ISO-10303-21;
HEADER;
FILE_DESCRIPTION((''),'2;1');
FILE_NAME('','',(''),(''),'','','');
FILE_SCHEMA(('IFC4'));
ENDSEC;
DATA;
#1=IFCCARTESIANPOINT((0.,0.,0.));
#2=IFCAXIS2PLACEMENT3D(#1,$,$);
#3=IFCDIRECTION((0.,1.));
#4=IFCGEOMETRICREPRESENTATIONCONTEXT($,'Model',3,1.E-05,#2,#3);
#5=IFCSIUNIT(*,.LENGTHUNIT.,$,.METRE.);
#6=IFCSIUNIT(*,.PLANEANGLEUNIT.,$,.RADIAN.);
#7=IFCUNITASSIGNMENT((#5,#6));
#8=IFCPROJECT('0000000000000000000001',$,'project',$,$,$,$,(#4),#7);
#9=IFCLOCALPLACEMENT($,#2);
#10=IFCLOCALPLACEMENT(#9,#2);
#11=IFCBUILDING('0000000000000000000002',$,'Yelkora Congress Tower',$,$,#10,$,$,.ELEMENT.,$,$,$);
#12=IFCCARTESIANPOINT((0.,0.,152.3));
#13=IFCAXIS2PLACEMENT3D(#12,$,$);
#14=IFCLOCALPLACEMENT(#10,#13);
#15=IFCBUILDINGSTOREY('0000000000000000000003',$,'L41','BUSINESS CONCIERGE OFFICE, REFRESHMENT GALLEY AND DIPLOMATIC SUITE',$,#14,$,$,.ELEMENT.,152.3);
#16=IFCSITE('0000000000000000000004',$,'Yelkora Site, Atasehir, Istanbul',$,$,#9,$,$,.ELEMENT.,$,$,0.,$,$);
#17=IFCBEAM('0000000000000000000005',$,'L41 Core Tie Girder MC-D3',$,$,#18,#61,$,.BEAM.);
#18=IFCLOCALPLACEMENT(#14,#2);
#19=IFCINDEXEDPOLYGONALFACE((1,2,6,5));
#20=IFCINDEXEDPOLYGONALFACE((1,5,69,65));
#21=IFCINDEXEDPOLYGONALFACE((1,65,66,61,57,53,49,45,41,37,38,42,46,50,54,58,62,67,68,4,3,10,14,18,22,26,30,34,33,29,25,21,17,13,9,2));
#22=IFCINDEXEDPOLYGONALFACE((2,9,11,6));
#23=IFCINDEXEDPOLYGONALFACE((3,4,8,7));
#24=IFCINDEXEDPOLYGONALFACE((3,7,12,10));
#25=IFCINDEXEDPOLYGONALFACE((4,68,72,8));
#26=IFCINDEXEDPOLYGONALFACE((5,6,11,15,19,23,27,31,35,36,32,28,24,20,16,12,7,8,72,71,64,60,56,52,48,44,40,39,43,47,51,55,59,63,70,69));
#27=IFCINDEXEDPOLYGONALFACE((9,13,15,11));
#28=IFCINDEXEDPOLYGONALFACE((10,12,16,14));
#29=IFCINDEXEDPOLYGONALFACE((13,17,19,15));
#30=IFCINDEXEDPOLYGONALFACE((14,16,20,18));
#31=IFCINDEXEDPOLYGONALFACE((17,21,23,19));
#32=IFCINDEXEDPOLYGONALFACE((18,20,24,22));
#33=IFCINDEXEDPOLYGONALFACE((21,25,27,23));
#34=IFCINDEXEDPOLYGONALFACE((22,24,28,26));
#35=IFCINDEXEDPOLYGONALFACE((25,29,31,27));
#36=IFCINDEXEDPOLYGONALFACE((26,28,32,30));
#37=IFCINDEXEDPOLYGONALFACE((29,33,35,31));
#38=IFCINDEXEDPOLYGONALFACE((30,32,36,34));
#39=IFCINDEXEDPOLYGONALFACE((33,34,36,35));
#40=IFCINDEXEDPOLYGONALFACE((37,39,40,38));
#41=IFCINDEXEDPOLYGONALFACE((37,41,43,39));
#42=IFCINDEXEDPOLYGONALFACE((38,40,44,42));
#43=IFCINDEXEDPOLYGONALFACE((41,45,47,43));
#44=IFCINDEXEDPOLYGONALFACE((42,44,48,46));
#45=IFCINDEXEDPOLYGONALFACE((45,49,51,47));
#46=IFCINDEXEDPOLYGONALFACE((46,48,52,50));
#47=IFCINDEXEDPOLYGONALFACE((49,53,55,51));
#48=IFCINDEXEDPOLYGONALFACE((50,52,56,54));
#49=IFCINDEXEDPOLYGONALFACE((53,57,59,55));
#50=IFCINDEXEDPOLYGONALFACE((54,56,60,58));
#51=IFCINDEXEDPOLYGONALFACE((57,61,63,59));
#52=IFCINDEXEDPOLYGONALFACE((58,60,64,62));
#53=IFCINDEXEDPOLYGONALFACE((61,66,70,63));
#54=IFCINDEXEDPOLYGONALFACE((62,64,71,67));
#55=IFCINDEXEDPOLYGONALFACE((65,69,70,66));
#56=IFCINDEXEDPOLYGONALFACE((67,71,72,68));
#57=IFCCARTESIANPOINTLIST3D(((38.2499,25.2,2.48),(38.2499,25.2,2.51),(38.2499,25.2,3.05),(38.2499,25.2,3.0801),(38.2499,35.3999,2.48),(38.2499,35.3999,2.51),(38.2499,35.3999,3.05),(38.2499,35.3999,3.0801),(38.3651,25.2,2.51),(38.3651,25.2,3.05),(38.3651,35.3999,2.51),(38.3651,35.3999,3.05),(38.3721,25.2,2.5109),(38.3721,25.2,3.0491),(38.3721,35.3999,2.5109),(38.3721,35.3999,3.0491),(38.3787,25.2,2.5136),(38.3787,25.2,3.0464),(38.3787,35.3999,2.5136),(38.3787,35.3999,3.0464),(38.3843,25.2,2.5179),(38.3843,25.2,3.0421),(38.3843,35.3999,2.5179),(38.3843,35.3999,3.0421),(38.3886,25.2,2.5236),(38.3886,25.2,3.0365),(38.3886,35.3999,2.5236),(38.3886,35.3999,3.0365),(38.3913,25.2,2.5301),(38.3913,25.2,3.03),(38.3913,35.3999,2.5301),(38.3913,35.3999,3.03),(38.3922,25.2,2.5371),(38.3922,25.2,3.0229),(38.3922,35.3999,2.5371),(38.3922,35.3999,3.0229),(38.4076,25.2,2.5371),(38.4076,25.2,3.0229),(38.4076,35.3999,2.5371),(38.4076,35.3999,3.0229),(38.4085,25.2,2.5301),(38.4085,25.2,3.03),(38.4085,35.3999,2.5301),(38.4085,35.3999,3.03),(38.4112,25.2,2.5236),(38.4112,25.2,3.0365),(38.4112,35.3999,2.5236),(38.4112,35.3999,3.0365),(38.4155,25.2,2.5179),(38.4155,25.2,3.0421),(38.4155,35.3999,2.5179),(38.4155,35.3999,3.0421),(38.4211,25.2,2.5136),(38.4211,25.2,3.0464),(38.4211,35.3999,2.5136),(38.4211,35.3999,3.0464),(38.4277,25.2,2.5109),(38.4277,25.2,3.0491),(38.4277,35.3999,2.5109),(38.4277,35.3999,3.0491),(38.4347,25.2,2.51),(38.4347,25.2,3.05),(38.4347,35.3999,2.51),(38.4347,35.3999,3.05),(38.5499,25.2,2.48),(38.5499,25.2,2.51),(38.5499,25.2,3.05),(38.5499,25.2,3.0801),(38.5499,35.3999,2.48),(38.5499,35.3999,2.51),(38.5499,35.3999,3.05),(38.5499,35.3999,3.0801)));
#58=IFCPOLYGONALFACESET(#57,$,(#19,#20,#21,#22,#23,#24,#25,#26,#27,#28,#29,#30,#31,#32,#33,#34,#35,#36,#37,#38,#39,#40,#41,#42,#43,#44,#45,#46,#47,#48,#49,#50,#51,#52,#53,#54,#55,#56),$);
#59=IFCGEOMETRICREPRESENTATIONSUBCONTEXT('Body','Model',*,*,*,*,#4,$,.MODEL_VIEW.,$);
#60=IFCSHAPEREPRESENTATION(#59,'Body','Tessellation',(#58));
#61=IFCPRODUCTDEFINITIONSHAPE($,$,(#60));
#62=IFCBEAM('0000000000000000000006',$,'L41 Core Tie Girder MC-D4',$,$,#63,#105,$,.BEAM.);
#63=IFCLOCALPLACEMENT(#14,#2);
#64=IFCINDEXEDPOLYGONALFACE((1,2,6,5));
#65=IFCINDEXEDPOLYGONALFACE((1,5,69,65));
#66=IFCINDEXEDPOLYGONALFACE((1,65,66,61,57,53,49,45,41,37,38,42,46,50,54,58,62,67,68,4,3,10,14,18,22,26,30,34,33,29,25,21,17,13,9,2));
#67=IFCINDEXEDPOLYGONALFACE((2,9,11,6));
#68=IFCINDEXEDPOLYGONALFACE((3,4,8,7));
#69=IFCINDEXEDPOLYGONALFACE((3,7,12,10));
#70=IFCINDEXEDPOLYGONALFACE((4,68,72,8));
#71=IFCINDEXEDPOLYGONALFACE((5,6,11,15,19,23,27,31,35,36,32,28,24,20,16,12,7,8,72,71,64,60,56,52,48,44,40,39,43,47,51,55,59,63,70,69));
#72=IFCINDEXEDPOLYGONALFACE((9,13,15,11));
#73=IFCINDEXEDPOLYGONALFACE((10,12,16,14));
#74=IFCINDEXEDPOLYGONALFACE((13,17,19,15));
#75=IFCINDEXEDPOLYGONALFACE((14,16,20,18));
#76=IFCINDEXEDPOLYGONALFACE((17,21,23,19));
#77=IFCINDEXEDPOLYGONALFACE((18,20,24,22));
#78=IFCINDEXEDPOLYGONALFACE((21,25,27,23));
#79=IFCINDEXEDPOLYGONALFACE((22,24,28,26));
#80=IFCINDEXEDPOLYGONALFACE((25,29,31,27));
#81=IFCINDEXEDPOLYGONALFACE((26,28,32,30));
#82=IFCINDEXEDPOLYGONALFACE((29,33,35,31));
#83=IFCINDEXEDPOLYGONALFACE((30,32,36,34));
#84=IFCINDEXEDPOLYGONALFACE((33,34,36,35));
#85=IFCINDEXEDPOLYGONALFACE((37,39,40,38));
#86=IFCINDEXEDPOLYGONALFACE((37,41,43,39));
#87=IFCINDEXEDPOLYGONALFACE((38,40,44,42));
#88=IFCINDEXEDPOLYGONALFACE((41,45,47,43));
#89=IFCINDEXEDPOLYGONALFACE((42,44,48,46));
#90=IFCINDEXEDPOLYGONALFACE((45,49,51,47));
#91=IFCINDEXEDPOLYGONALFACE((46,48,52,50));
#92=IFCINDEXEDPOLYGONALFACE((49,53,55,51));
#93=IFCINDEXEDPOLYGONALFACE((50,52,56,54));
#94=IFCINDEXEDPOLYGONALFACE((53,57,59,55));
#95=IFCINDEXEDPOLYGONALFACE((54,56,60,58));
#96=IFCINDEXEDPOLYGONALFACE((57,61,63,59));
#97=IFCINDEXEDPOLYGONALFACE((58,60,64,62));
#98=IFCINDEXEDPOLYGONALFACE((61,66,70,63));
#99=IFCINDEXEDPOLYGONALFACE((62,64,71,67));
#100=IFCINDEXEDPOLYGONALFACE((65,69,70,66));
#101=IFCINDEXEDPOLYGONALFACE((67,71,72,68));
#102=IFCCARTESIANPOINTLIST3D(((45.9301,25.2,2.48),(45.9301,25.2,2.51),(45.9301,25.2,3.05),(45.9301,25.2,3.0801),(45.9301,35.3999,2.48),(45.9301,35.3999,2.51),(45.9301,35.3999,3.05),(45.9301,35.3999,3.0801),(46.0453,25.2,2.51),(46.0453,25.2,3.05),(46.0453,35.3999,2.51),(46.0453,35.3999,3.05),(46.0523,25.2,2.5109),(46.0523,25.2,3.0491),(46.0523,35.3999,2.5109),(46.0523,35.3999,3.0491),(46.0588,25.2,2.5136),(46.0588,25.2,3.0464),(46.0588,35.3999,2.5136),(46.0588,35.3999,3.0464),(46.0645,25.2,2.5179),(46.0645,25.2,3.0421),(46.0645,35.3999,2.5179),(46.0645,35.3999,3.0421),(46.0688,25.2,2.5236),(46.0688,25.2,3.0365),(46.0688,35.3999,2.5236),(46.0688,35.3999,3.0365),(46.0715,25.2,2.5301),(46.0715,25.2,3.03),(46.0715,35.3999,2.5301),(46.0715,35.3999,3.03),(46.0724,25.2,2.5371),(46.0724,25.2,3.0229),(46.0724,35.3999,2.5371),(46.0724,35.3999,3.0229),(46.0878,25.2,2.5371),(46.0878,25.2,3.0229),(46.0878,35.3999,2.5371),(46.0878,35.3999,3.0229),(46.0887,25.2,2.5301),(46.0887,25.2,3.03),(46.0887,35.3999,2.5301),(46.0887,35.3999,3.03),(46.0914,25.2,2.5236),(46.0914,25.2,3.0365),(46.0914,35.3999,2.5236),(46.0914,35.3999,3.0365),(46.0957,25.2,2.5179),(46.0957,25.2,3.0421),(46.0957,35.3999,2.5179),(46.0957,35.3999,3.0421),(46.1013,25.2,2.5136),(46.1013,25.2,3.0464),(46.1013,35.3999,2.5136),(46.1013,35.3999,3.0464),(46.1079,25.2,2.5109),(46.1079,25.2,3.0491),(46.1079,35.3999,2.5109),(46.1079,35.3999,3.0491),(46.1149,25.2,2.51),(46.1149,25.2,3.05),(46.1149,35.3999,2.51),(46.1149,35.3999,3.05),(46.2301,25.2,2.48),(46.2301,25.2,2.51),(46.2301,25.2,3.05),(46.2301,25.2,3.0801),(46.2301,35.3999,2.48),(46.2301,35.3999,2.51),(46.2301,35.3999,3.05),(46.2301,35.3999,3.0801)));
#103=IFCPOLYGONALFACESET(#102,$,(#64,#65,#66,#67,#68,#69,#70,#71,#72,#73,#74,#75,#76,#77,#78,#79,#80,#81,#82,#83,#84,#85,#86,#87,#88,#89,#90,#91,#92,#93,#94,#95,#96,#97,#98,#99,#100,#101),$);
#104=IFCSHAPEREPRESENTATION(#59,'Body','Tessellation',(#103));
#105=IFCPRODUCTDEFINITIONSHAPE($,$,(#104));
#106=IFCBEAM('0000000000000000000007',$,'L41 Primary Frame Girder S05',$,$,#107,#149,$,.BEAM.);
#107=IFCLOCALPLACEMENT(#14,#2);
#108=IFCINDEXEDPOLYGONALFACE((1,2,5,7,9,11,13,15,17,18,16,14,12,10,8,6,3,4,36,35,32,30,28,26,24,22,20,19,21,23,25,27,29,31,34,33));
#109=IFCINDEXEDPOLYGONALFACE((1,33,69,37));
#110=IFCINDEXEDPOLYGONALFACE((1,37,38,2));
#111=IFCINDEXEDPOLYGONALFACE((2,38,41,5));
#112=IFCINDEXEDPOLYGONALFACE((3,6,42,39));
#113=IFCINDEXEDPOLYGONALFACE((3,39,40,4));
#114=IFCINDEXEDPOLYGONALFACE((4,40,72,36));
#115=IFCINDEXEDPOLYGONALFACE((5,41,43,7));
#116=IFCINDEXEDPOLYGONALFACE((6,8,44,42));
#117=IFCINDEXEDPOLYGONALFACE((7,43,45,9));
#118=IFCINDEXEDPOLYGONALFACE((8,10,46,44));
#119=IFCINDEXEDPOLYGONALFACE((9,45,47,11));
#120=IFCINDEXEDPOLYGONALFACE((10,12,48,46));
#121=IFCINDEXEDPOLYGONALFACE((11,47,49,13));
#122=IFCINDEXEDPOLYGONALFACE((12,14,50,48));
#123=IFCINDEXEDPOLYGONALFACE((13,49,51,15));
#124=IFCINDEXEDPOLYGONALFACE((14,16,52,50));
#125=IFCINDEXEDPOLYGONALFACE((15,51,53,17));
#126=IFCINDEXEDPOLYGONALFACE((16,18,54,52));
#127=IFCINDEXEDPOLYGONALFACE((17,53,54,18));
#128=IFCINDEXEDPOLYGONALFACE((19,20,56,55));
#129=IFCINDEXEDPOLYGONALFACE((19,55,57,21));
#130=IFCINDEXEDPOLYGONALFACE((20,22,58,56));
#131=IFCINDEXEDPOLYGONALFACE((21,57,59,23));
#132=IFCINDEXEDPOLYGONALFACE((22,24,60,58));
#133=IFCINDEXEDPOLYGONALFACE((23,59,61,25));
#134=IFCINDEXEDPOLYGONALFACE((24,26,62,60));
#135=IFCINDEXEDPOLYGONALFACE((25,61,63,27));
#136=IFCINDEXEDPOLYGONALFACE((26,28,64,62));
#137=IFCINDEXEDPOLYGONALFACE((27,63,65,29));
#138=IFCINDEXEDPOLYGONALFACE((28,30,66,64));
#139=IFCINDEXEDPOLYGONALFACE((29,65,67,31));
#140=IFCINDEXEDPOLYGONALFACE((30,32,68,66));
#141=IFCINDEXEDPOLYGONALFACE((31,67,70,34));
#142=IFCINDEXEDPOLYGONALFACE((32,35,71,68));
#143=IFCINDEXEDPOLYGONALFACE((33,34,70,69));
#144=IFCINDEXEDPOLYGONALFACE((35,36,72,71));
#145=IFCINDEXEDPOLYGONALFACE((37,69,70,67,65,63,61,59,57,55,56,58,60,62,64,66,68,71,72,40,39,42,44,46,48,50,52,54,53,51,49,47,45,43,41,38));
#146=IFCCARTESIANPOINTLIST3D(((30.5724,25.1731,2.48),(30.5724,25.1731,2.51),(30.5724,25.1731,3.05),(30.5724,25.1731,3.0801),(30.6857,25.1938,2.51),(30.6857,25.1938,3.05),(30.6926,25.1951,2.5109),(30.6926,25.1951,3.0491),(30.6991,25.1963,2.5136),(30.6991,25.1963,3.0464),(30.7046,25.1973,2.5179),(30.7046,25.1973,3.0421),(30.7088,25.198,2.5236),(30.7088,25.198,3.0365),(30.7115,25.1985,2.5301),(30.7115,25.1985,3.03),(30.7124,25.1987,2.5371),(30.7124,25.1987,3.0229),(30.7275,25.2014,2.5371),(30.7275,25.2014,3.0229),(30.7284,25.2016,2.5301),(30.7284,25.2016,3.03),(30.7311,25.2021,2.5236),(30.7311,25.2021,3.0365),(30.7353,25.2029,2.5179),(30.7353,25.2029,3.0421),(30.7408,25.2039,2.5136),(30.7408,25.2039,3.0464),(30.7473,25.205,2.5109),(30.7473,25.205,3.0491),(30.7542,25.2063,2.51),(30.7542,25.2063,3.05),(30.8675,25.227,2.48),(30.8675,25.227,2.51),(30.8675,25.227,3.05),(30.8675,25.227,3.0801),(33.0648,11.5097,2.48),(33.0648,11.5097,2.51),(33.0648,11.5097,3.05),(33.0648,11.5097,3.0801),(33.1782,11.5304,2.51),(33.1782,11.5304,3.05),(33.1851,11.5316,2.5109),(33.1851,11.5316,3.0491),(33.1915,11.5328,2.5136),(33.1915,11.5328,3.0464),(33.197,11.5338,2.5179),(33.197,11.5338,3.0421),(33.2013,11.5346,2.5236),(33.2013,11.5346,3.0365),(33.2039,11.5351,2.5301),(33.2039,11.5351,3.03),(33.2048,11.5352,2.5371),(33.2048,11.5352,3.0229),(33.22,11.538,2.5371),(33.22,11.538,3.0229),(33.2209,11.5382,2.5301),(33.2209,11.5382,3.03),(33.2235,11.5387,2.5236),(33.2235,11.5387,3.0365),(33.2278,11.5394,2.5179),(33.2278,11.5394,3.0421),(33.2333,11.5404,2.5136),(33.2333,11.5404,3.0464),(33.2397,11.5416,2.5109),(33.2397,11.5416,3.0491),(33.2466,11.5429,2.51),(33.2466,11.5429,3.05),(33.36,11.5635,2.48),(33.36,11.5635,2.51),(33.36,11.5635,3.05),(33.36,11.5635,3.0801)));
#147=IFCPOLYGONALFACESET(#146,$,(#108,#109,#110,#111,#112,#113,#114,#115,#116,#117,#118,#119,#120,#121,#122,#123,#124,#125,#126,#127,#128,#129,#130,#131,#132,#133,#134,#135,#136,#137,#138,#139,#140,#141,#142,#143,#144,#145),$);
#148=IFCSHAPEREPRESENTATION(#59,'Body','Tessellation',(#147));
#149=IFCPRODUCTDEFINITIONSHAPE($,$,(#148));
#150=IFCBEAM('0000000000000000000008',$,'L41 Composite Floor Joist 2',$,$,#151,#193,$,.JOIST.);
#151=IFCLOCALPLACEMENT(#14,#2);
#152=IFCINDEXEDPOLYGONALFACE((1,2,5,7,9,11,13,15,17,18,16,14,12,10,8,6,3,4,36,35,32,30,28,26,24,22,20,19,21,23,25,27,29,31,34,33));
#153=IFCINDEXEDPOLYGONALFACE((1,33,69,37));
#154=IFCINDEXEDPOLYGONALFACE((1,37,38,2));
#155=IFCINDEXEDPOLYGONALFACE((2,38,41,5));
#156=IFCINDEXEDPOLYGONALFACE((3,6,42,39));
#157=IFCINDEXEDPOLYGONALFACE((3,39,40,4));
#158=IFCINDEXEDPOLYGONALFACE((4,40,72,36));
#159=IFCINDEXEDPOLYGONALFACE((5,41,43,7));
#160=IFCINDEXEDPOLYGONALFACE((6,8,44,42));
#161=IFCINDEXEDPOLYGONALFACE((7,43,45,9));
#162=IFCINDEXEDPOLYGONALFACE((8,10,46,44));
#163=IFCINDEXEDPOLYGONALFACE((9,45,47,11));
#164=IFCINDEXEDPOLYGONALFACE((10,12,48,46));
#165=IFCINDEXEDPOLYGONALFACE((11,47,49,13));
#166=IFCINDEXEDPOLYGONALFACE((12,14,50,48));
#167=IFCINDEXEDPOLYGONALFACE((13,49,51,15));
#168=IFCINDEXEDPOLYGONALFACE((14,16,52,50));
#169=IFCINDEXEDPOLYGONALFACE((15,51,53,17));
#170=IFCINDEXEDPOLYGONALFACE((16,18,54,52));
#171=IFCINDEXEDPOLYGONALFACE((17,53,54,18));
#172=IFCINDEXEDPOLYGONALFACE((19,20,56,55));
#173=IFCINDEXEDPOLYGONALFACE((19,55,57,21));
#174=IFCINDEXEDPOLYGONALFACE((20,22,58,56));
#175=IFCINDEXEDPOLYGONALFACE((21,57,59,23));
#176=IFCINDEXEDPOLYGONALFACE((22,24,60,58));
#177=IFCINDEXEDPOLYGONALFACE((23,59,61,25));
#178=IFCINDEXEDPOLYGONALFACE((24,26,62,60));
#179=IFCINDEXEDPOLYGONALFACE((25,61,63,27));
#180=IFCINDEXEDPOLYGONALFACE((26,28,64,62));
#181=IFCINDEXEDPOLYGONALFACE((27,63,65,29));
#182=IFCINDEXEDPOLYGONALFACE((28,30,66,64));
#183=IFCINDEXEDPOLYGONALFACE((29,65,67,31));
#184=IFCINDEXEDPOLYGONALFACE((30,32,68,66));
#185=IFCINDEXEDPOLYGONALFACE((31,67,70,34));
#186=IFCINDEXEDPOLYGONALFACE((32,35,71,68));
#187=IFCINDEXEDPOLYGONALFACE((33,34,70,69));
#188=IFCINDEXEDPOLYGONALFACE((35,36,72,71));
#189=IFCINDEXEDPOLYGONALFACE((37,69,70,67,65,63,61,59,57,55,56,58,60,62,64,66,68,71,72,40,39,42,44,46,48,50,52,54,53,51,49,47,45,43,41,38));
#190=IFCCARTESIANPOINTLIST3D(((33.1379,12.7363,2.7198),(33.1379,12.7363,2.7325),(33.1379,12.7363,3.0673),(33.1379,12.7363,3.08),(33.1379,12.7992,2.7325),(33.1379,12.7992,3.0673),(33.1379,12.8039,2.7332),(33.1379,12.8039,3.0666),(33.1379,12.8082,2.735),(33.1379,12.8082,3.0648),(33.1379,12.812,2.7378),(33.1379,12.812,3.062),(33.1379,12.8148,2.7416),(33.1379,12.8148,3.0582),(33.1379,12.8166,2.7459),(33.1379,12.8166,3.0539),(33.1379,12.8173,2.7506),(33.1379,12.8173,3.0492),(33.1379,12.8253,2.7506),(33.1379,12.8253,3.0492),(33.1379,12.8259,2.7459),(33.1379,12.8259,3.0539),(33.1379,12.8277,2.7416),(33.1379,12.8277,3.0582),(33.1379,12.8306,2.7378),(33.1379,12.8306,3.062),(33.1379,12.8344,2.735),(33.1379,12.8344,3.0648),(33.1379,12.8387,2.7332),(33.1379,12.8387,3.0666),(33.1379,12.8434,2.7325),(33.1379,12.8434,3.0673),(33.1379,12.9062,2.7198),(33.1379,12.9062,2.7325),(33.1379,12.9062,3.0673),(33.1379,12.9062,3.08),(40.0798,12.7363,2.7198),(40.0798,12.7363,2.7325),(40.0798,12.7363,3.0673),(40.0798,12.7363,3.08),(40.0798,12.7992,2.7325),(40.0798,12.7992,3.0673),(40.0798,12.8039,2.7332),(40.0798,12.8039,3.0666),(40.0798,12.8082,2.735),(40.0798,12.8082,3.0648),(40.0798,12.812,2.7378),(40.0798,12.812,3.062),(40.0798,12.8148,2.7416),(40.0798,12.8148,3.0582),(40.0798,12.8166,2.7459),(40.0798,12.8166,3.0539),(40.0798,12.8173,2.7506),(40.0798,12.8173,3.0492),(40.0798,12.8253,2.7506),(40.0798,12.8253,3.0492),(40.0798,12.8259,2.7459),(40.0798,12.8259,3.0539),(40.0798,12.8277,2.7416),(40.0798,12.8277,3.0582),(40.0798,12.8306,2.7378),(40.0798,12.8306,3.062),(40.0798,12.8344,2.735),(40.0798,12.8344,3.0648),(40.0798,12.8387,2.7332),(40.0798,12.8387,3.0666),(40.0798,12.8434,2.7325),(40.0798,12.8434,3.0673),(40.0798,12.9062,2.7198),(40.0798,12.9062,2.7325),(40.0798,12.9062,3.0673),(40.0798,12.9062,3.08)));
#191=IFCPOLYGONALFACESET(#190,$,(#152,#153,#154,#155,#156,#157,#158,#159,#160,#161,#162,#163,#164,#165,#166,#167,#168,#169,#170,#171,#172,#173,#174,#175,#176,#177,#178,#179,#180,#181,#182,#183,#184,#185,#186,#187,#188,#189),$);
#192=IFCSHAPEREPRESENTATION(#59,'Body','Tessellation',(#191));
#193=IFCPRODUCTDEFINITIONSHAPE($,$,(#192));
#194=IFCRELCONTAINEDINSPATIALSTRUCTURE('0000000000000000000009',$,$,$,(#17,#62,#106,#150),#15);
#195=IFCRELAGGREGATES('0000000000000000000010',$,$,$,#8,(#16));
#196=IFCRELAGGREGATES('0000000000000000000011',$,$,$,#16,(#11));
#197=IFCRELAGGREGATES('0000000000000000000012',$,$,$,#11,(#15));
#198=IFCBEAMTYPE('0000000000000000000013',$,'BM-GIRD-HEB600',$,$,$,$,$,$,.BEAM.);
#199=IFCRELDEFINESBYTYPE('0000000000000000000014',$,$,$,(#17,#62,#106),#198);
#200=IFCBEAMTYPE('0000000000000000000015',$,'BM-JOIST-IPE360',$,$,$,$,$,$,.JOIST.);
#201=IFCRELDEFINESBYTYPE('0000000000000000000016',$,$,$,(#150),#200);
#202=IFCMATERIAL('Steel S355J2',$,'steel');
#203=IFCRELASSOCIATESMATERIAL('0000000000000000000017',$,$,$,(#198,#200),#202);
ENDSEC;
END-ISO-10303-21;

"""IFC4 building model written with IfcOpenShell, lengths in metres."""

from ifc_helpers import new_model, si_unit, direction, frame, origin, origin_2d, place, context, subcontext, project, spatial, i_section, extrude, material, material_profile, profile_set, type_object, element, save


model = new_model("IFC4")

# Units and contexts
model_context = context("Model", 3, precision=1e-05, world=origin(), true_north=direction((0.0, 1.0)))
body_context = subcontext(model_context, "Body", "Model", "MODEL_VIEW")
ifc_project = project(units=[si_unit("LENGTHUNIT", "METRE"), si_unit("PLANEANGLEUNIT", "RADIAN")], contexts=[model_context])

# Site, building, storey
site_placement = place(None, origin())
site = spatial("IfcSite", under=ifc_project, at=site_placement, Name="Yelkora Site, Atasehir, Istanbul", CompositionType="ELEMENT", RefElevation=0.0)
building_placement = place(site_placement, origin())
building = spatial("IfcBuilding", under=site, at=building_placement, Name="Yelkora Congress Tower", CompositionType="ELEMENT")
storey_placement = place(building_placement, frame((0.0, 0.0, 152.3)))
storey = spatial("IfcBuildingStorey", under=building, at=storey_placement, Name="L41", Description="BUSINESS CONCIERGE OFFICE, REFRESHMENT GALLEY AND DIPLOMATIC SUITE", CompositionType="ELEMENT", Elevation=152.3)

# Beams
ifc_material_1 = material(Name="Steel S355J2", Category="steel")
ifc_material_profile_1 = material_profile(ifc_material_1, i_section(OverallWidth=0.3, OverallDepth=0.6001, WebThickness=0.0154, FlangeThickness=0.03, FilletRadius=0.0271, at=origin_2d()), Name="HEB 600")
ifc_profile_set_1 = profile_set([ifc_material_profile_1], Name="Steel S355J2")
beam_type_1 = type_object("IfcBeamType", Name="BM-GIRD-HEB600", PredefinedType="BEAM", material=ifc_profile_set_1)
for number, where, z_axis, x_axis, name in (
    (1, (38.3999, 25.2, 2.78), (0.0, 1.0, 0.0), (-1.0, 0.0, 0.0), "L41 Core Tie Girder MC-D3"),
    (2, (46.0801, 25.2, 2.78), (0.0, 1.0, 0.0), (-1.0, 0.0, 0.0), "L41 Core Tie Girder MC-D4"),
):
    element("IfcBeam", number, at=place(storey_placement, frame(where, z_axis=z_axis, x_axis=x_axis)), inside=storey, type_object=beam_type_1, Name=name, PredefinedType="BEAM", context=body_context, shape_type="SweptSolid", body=[
        extrude(i_section(OverallWidth=0.3, OverallDepth=0.6001, WebThickness=0.0154, FlangeThickness=0.03, FilletRadius=0.0271, at=origin_2d()), origin(), (0.0, 0.0, 1.0), 10.2),
    ])
beam_1_placement = place(storey_placement, frame((33.2124, 11.5366, 2.78), z_axis=(-0.179456, 0.983766, 0.0), x_axis=(-0.983766, -0.179456, 0.0)))
element("IfcBeam", 3, at=beam_1_placement, inside=storey, type_object=beam_type_1, Name="L41 Primary Frame Girder S05", PredefinedType="BEAM", context=body_context, shape_type="SweptSolid", body=[
    extrude(i_section(OverallWidth=0.3, OverallDepth=0.6001, WebThickness=0.0154, FlangeThickness=0.03, FilletRadius=0.0271, at=origin_2d()), origin(), (0.0, 0.0, 1.0), 13.8889),
])
ifc_material_profile_2 = material_profile(ifc_material_1, i_section(OverallWidth=0.1699, OverallDepth=0.3601, WebThickness=0.0081, FlangeThickness=0.0127, FilletRadius=0.0181, at=origin_2d()), Name="IPE 360")
ifc_profile_set_2 = profile_set([ifc_material_profile_2], Name="Steel S355J2")
beam_type_2 = type_object("IfcBeamType", Name="BM-JOIST-IPE360", PredefinedType="JOIST", material=ifc_profile_set_2)
beam_2_placement = place(storey_placement, frame((33.1379, 12.8213, 2.8999), z_axis=(1.0, 0.0, 0.0), x_axis=(0.0, 1.0, 0.0)))
element("IfcBeam", 4, at=beam_2_placement, inside=storey, type_object=beam_type_2, Name="L41 Composite Floor Joist 2", PredefinedType="JOIST", context=body_context, shape_type="SweptSolid", body=[
    extrude(i_section(OverallWidth=0.1699, OverallDepth=0.3601, WebThickness=0.0081, FlangeThickness=0.0127, FilletRadius=0.0181, at=origin_2d()), origin(), (0.0, 0.0, 1.0), 6.9419),
])

save(model, "model.ifc")
